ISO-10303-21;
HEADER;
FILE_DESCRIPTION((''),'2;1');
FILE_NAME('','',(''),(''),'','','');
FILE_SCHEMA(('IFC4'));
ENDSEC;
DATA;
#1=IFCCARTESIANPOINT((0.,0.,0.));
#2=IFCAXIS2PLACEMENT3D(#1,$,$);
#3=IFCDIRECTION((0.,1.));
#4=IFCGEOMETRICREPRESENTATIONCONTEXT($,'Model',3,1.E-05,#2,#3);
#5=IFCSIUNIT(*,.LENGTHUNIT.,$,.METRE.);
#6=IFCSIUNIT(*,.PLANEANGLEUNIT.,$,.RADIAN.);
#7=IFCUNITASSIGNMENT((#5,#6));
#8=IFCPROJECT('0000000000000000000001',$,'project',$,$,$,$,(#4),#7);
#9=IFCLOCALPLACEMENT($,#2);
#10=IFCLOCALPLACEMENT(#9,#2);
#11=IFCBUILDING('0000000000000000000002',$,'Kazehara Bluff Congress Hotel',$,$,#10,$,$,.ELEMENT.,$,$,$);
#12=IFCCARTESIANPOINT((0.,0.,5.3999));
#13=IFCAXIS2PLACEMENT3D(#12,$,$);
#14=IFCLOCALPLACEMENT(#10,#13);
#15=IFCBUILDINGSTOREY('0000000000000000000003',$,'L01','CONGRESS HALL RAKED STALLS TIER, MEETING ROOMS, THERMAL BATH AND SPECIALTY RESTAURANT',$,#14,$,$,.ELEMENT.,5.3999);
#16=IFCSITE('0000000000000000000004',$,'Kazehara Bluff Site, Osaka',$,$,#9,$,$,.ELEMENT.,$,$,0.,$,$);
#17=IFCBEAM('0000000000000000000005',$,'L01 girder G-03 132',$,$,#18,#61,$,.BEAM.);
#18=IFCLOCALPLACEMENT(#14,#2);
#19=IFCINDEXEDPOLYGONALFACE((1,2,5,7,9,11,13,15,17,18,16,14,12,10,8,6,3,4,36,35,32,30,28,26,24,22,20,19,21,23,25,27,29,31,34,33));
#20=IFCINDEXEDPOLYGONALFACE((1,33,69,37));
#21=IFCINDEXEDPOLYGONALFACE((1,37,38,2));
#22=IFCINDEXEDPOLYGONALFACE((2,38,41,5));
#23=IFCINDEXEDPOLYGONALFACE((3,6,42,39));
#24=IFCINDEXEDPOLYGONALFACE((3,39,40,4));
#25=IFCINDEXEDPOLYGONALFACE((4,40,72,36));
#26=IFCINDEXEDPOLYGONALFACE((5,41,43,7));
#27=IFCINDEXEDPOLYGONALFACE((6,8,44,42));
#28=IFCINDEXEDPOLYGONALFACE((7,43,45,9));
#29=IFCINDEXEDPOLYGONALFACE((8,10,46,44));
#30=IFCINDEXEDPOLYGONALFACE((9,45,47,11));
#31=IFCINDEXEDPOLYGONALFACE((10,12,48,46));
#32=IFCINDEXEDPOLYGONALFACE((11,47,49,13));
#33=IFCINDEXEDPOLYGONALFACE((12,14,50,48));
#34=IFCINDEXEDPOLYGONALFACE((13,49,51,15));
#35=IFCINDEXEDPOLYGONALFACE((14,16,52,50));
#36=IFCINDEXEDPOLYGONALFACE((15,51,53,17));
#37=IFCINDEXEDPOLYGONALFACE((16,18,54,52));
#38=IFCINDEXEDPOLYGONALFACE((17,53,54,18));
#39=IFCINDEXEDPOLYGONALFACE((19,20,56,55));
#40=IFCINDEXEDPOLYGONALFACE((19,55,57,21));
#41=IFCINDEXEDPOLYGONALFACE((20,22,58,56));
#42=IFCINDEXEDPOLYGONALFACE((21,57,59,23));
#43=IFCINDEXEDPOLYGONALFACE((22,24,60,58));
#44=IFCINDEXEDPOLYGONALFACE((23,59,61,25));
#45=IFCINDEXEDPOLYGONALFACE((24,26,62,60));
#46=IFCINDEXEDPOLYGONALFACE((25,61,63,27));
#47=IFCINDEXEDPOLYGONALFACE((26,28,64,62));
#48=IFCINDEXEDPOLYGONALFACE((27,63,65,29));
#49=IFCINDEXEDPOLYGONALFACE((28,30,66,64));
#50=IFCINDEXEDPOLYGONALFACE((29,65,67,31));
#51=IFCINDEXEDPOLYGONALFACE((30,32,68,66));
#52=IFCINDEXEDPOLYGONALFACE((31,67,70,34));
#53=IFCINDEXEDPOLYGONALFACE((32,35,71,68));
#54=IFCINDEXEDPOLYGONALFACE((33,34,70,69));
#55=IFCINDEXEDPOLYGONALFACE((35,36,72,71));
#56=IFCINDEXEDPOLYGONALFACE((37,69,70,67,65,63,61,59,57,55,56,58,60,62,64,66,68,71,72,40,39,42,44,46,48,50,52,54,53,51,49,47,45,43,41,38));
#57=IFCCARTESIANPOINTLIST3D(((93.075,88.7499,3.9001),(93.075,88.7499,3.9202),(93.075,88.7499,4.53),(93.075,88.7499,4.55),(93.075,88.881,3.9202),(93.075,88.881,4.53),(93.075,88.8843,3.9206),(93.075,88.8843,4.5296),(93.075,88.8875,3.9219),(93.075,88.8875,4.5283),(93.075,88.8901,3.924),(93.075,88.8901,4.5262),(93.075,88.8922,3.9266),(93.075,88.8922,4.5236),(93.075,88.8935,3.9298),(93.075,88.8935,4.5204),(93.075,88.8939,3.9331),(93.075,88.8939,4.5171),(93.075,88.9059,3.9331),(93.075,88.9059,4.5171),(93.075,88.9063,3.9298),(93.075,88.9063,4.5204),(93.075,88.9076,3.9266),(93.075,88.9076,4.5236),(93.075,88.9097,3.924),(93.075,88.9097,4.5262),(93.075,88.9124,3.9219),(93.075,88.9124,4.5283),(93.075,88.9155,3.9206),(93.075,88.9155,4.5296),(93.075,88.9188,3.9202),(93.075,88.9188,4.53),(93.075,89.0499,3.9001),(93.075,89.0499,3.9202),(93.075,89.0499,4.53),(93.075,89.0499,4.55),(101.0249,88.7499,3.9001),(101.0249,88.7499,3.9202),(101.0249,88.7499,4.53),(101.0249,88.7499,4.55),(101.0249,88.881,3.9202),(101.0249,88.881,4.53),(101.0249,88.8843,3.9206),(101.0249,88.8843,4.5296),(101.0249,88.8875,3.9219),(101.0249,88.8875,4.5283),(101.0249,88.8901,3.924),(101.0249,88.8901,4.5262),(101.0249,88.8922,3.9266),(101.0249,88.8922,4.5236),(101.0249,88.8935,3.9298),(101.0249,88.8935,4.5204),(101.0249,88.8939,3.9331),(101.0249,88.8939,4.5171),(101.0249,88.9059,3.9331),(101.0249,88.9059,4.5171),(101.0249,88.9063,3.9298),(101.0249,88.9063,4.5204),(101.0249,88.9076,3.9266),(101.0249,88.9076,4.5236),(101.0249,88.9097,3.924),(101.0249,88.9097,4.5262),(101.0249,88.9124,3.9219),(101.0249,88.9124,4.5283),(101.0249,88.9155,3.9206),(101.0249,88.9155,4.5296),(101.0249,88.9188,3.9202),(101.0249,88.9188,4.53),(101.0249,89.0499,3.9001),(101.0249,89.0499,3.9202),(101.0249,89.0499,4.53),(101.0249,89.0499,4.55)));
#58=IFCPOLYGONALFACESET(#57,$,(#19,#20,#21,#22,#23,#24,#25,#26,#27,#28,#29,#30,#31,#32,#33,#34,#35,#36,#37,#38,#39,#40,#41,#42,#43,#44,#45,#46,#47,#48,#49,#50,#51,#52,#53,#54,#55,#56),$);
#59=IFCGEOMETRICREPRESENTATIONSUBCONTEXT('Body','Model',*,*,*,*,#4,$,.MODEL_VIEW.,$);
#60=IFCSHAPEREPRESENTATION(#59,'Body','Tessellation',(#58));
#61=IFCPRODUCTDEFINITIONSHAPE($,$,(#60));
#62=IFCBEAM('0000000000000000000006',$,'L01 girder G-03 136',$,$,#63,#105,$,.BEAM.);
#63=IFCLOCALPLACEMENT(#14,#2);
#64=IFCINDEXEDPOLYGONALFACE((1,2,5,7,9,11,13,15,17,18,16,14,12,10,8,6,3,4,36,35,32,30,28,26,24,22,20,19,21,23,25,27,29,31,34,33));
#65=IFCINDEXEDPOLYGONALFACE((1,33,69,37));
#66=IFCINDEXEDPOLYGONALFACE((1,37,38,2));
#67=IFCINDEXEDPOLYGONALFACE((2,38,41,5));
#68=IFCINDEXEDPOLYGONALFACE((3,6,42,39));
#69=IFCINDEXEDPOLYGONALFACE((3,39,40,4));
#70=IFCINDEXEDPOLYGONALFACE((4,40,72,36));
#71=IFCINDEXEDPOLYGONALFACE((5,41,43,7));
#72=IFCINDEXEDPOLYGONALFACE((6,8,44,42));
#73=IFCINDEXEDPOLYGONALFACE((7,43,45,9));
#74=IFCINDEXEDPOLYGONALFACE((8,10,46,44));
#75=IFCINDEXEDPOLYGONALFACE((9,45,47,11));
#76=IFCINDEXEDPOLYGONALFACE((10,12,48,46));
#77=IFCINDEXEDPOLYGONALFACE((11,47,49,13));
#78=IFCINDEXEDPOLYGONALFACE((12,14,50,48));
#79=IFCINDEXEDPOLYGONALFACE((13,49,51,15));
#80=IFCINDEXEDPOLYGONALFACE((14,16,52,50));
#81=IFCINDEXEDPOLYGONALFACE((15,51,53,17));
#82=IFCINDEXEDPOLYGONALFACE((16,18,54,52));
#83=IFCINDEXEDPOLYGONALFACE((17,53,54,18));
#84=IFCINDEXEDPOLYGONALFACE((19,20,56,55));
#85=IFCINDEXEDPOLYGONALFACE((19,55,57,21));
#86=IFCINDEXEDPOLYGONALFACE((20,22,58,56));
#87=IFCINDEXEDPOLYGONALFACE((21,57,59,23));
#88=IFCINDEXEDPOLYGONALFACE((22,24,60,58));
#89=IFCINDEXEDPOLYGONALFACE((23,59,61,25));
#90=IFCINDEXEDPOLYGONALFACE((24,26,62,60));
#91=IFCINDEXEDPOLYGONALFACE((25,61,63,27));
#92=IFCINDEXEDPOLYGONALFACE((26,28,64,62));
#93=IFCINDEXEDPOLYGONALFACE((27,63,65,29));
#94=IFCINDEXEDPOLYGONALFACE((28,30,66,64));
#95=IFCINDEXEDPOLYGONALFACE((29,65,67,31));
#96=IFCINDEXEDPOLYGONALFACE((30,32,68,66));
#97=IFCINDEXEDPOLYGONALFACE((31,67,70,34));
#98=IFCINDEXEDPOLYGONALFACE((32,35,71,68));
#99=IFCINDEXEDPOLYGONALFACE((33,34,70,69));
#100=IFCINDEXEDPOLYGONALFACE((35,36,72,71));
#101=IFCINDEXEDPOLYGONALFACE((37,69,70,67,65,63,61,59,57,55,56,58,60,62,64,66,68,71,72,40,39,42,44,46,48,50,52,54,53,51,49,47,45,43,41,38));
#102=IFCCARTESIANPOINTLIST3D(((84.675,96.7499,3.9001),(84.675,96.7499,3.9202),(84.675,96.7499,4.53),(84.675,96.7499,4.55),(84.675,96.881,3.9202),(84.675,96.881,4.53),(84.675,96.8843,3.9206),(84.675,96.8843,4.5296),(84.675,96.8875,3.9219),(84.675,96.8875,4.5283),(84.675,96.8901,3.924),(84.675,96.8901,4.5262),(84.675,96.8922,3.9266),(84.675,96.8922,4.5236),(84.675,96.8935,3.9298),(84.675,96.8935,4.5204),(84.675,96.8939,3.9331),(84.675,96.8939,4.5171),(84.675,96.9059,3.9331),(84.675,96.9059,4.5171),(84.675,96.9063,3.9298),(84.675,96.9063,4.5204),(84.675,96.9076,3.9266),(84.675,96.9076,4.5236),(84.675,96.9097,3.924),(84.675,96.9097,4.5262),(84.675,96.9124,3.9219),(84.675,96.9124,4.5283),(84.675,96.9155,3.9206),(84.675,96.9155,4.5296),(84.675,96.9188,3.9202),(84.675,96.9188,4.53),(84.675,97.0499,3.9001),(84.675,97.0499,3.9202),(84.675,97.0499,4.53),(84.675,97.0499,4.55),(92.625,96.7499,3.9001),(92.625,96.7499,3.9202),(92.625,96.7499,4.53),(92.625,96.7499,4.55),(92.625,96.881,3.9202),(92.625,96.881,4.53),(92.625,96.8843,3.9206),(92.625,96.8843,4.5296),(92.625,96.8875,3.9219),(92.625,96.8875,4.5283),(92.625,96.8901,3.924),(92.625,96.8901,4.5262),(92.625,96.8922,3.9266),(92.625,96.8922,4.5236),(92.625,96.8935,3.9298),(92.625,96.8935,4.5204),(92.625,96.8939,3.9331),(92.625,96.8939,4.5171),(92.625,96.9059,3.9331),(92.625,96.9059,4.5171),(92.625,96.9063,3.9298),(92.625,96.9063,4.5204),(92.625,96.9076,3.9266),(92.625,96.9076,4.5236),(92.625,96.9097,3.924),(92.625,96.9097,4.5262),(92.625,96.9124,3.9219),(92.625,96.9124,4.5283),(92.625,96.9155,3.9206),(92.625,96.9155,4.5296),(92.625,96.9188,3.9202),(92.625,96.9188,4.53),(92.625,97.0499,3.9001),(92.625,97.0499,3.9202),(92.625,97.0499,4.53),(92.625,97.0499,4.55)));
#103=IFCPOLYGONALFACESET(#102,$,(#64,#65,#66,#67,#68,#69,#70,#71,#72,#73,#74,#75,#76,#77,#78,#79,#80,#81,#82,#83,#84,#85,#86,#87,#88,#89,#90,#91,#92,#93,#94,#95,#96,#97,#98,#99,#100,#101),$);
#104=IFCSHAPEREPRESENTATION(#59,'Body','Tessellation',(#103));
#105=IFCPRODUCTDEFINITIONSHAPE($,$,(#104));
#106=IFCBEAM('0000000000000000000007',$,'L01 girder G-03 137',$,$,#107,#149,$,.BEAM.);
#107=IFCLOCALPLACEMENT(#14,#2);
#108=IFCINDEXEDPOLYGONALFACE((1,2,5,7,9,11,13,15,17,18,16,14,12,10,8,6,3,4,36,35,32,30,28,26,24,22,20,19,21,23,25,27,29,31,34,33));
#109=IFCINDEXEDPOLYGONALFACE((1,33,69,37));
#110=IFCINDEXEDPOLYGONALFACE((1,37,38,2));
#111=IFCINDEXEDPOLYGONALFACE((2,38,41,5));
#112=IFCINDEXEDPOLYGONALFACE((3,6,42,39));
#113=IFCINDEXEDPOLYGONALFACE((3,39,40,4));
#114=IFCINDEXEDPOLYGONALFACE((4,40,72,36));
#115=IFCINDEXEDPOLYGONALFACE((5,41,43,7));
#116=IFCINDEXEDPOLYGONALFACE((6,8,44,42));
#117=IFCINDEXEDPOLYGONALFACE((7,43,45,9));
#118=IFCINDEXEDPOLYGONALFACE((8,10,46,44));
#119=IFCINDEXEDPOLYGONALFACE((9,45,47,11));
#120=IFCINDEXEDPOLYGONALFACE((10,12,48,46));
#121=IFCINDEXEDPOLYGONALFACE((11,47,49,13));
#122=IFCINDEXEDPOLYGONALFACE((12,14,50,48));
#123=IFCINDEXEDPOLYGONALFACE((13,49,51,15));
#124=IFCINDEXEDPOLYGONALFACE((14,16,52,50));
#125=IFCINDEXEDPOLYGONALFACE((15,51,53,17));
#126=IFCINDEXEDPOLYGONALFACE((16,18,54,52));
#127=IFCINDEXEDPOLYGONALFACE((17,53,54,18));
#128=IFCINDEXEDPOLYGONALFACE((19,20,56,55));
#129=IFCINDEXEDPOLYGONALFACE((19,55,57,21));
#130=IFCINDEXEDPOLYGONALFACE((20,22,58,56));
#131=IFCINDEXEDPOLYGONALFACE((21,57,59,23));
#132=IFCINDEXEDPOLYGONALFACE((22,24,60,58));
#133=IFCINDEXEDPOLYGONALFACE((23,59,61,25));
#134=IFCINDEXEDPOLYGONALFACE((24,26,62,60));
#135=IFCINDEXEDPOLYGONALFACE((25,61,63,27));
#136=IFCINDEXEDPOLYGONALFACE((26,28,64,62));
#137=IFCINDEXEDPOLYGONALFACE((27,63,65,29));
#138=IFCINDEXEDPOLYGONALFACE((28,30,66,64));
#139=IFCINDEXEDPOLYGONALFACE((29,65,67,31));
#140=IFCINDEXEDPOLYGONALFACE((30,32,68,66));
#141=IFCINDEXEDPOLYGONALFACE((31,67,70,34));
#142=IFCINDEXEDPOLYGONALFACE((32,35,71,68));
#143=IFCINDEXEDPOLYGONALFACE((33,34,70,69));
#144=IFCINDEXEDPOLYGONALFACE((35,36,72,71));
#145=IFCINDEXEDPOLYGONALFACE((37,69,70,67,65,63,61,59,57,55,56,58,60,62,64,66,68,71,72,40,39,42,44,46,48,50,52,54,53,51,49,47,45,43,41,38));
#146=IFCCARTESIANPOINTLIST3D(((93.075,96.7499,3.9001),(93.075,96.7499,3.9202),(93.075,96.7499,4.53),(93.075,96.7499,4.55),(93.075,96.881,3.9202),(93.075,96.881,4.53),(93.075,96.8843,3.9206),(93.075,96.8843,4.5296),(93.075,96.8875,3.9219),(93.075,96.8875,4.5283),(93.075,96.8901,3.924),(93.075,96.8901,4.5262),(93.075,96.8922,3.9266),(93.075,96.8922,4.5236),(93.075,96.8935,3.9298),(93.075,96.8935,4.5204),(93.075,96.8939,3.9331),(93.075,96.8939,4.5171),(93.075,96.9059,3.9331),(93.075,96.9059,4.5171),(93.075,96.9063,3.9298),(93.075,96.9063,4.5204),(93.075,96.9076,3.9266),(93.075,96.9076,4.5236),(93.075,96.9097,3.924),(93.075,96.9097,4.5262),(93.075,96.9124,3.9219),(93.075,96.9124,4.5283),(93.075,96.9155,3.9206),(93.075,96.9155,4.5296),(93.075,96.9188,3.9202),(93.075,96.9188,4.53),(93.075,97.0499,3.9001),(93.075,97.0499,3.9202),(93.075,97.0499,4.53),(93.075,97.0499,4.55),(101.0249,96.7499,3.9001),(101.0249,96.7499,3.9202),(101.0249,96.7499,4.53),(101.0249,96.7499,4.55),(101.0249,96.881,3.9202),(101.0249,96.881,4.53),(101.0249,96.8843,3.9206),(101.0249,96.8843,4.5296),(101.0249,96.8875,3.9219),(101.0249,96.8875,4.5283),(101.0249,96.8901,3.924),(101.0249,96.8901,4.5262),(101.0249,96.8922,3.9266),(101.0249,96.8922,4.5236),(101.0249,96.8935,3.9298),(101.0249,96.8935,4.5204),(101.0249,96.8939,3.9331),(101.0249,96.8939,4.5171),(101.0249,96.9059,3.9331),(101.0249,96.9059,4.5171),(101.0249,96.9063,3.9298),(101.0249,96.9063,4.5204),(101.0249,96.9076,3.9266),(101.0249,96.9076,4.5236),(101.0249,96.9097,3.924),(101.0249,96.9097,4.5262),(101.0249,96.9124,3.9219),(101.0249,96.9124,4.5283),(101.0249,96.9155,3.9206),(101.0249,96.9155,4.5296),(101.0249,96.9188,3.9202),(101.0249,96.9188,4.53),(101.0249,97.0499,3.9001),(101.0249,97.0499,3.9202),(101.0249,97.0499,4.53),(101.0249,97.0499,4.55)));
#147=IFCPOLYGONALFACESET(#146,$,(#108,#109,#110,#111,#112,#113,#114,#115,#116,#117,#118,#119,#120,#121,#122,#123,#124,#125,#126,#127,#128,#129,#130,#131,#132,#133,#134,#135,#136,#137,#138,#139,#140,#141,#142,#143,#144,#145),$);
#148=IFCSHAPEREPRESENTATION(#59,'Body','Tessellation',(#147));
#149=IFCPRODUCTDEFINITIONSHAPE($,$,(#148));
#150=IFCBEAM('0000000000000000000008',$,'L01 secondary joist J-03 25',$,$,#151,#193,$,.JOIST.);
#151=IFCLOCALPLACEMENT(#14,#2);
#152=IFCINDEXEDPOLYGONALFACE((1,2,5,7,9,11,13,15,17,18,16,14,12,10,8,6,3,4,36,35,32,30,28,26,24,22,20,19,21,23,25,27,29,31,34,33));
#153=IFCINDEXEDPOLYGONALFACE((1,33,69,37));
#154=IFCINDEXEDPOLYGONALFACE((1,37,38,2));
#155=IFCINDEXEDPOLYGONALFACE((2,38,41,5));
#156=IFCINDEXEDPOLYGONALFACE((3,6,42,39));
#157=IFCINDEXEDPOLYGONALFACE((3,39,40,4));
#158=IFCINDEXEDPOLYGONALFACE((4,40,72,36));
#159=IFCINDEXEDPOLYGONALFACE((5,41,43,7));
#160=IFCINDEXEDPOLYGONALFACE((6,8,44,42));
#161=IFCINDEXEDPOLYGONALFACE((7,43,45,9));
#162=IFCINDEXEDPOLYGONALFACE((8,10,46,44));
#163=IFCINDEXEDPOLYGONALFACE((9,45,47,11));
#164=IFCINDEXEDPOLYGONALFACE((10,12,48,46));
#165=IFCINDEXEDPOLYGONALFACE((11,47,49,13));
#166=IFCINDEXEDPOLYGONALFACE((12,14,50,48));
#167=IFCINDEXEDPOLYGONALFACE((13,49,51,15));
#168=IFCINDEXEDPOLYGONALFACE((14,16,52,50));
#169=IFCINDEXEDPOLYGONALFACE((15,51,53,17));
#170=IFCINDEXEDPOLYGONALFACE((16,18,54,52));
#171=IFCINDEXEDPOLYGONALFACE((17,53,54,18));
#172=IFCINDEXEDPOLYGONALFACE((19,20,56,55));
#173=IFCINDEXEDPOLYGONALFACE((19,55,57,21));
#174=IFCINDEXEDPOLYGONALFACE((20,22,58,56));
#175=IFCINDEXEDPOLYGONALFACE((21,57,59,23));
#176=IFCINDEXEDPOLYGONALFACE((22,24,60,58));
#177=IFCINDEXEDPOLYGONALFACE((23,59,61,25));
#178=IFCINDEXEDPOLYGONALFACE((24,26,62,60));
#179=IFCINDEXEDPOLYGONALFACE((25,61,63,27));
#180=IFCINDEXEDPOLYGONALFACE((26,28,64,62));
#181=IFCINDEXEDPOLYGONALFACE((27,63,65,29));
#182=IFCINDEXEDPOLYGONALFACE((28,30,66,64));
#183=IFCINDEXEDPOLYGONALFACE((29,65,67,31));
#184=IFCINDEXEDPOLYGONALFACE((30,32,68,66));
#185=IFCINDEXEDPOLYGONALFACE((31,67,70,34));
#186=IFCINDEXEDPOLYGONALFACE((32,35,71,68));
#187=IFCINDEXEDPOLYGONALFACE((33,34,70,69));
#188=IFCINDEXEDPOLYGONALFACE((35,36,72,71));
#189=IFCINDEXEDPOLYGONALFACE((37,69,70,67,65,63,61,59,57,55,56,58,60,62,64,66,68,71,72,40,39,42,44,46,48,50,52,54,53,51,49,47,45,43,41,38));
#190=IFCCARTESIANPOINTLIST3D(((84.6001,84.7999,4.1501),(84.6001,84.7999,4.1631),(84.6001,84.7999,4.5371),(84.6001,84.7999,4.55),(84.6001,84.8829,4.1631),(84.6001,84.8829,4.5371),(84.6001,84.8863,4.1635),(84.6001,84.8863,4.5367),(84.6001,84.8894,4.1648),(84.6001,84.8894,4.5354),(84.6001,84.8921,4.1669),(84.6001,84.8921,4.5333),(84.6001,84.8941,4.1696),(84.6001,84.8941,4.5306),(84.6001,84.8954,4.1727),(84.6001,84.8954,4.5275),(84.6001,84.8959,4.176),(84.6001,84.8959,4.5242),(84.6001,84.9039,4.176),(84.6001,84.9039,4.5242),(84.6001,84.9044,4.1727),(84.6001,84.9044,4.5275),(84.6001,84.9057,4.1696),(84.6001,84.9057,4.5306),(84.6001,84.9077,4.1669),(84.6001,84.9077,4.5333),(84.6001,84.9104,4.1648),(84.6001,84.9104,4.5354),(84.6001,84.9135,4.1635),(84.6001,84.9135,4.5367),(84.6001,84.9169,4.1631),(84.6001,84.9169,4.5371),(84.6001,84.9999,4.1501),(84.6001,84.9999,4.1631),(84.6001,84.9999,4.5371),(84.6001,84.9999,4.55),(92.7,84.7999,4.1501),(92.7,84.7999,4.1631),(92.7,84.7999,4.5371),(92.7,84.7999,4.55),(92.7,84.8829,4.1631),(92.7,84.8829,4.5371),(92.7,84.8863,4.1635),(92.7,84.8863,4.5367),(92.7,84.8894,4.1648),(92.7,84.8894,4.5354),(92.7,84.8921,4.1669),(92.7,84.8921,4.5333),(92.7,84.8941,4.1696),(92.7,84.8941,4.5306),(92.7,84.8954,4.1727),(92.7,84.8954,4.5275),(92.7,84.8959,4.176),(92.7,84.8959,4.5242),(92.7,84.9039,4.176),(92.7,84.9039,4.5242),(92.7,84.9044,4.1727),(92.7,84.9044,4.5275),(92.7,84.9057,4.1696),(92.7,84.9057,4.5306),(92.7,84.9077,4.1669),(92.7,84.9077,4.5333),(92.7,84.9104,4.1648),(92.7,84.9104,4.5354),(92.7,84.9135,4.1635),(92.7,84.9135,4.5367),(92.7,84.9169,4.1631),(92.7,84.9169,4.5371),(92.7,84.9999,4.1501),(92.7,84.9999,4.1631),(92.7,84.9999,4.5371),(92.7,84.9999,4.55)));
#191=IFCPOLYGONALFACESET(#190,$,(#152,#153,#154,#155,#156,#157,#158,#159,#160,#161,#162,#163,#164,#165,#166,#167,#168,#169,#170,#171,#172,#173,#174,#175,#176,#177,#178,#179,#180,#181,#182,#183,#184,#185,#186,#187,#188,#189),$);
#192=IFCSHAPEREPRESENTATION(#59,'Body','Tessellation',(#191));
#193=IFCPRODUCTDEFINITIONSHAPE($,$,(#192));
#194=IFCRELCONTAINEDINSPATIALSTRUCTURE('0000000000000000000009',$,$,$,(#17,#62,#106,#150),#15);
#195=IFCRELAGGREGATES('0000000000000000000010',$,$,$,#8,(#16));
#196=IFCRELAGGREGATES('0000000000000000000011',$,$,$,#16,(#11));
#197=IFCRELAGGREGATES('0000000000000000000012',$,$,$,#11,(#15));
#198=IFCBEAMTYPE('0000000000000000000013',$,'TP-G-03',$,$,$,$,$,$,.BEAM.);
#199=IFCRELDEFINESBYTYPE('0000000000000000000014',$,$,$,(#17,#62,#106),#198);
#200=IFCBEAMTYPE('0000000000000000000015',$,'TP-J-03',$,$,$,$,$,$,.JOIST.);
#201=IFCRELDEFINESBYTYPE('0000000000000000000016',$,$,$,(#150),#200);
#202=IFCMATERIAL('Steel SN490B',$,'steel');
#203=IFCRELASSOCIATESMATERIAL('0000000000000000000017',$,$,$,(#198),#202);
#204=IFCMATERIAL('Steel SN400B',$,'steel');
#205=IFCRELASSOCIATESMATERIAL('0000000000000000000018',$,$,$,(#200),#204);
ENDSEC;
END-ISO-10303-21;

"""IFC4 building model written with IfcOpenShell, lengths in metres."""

from ifc_helpers import new_model, si_unit, direction, frame, origin, origin_2d, place, context, subcontext, project, spatial, i_section, extrude, material, material_profile, profile_set, type_object, element, save


model = new_model("IFC4")

# Units and contexts
model_context = context("Model", 3, precision=1e-05, world=origin(), true_north=direction((0.0, 1.0)))
body_context = subcontext(model_context, "Body", "Model", "MODEL_VIEW")
ifc_project = project(units=[si_unit("LENGTHUNIT", "METRE"), si_unit("PLANEANGLEUNIT", "RADIAN")], contexts=[model_context])

# Site, building, storey
site_placement = place(None, origin())
site = spatial("IfcSite", under=ifc_project, at=site_placement, Name="Kazehara Bluff Site, Osaka", CompositionType="ELEMENT", RefElevation=0.0)
building_placement = place(site_placement, origin())
building = spatial("IfcBuilding", under=site, at=building_placement, Name="Kazehara Bluff Congress Hotel", CompositionType="ELEMENT")
storey_placement = place(building_placement, frame((0.0, 0.0, 5.3999)))
storey = spatial("IfcBuildingStorey", under=building, at=storey_placement, Name="L01", Description="CONGRESS HALL RAKED STALLS TIER, MEETING ROOMS, THERMAL BATH AND SPECIALTY RESTAURANT", CompositionType="ELEMENT", Elevation=5.3999)

# Beams
ifc_material_1 = material(Name="Steel SN490B", Category="steel")
ifc_material_profile_1 = material_profile(ifc_material_1, i_section(OverallWidth=0.3, OverallDepth=0.6499, WebThickness=0.012, FlangeThickness=0.02, FilletRadius=0.0129, at=origin_2d()))
ifc_profile_set_1 = profile_set([ifc_material_profile_1], Name="Steel SN490B")
beam_type_1 = type_object("IfcBeamType", Name="TP-G-03", PredefinedType="BEAM", material=ifc_profile_set_1)
for number, where, z_axis, x_axis, name in (
    (1, (93.075, 88.8999, 4.2251), (1.0, 0.0, 0.0), (0.0, 1.0, 0.0), "L01 girder G-03 132"),
    (2, (84.675, 96.8999, 4.2251), (1.0, 0.0, 0.0), (0.0, 1.0, 0.0), "L01 girder G-03 136"),
    (3, (93.075, 96.8999, 4.2251), (1.0, 0.0, 0.0), (0.0, 1.0, 0.0), "L01 girder G-03 137"),
):
    element("IfcBeam", number, at=place(storey_placement, frame(where, z_axis=z_axis, x_axis=x_axis)), inside=storey, type_object=beam_type_1, Name=name, PredefinedType="BEAM", context=body_context, shape_type="SweptSolid", body=[
        extrude(i_section(OverallWidth=0.3, OverallDepth=0.6499, WebThickness=0.012, FlangeThickness=0.02, FilletRadius=0.0129, at=origin_2d()), origin(), (0.0, 0.0, 1.0), 7.95),
    ])
ifc_material_2 = material(Name="Steel SN400B", Category="steel")
ifc_material_profile_2 = material_profile(ifc_material_2, i_section(OverallWidth=0.2, OverallDepth=0.3999, WebThickness=0.0081, FlangeThickness=0.0129, FilletRadius=0.0129, at=origin_2d()))
ifc_profile_set_2 = profile_set([ifc_material_profile_2], Name="Steel SN400B")
beam_type_2 = type_object("IfcBeamType", Name="TP-J-03", PredefinedType="JOIST", material=ifc_profile_set_2)
for number, where, z_axis, x_axis, name in (
    (4, (84.6001, 84.8999, 4.3501), (1.0, 0.0, 0.0), (0.0, 1.0, 0.0), "L01 secondary joist J-03 25"),
):
    element("IfcBeam", number, at=place(storey_placement, frame(where, z_axis=z_axis, x_axis=x_axis)), inside=storey, type_object=beam_type_2, Name=name, PredefinedType="JOIST", context=body_context, shape_type="SweptSolid", body=[
        extrude(i_section(OverallWidth=0.2, OverallDepth=0.3999, WebThickness=0.0081, FlangeThickness=0.0129, FilletRadius=0.0129, at=origin_2d()), origin(), (0.0, 0.0, 1.0), 8.0999),
    ])

save(model, "model.ifc")
